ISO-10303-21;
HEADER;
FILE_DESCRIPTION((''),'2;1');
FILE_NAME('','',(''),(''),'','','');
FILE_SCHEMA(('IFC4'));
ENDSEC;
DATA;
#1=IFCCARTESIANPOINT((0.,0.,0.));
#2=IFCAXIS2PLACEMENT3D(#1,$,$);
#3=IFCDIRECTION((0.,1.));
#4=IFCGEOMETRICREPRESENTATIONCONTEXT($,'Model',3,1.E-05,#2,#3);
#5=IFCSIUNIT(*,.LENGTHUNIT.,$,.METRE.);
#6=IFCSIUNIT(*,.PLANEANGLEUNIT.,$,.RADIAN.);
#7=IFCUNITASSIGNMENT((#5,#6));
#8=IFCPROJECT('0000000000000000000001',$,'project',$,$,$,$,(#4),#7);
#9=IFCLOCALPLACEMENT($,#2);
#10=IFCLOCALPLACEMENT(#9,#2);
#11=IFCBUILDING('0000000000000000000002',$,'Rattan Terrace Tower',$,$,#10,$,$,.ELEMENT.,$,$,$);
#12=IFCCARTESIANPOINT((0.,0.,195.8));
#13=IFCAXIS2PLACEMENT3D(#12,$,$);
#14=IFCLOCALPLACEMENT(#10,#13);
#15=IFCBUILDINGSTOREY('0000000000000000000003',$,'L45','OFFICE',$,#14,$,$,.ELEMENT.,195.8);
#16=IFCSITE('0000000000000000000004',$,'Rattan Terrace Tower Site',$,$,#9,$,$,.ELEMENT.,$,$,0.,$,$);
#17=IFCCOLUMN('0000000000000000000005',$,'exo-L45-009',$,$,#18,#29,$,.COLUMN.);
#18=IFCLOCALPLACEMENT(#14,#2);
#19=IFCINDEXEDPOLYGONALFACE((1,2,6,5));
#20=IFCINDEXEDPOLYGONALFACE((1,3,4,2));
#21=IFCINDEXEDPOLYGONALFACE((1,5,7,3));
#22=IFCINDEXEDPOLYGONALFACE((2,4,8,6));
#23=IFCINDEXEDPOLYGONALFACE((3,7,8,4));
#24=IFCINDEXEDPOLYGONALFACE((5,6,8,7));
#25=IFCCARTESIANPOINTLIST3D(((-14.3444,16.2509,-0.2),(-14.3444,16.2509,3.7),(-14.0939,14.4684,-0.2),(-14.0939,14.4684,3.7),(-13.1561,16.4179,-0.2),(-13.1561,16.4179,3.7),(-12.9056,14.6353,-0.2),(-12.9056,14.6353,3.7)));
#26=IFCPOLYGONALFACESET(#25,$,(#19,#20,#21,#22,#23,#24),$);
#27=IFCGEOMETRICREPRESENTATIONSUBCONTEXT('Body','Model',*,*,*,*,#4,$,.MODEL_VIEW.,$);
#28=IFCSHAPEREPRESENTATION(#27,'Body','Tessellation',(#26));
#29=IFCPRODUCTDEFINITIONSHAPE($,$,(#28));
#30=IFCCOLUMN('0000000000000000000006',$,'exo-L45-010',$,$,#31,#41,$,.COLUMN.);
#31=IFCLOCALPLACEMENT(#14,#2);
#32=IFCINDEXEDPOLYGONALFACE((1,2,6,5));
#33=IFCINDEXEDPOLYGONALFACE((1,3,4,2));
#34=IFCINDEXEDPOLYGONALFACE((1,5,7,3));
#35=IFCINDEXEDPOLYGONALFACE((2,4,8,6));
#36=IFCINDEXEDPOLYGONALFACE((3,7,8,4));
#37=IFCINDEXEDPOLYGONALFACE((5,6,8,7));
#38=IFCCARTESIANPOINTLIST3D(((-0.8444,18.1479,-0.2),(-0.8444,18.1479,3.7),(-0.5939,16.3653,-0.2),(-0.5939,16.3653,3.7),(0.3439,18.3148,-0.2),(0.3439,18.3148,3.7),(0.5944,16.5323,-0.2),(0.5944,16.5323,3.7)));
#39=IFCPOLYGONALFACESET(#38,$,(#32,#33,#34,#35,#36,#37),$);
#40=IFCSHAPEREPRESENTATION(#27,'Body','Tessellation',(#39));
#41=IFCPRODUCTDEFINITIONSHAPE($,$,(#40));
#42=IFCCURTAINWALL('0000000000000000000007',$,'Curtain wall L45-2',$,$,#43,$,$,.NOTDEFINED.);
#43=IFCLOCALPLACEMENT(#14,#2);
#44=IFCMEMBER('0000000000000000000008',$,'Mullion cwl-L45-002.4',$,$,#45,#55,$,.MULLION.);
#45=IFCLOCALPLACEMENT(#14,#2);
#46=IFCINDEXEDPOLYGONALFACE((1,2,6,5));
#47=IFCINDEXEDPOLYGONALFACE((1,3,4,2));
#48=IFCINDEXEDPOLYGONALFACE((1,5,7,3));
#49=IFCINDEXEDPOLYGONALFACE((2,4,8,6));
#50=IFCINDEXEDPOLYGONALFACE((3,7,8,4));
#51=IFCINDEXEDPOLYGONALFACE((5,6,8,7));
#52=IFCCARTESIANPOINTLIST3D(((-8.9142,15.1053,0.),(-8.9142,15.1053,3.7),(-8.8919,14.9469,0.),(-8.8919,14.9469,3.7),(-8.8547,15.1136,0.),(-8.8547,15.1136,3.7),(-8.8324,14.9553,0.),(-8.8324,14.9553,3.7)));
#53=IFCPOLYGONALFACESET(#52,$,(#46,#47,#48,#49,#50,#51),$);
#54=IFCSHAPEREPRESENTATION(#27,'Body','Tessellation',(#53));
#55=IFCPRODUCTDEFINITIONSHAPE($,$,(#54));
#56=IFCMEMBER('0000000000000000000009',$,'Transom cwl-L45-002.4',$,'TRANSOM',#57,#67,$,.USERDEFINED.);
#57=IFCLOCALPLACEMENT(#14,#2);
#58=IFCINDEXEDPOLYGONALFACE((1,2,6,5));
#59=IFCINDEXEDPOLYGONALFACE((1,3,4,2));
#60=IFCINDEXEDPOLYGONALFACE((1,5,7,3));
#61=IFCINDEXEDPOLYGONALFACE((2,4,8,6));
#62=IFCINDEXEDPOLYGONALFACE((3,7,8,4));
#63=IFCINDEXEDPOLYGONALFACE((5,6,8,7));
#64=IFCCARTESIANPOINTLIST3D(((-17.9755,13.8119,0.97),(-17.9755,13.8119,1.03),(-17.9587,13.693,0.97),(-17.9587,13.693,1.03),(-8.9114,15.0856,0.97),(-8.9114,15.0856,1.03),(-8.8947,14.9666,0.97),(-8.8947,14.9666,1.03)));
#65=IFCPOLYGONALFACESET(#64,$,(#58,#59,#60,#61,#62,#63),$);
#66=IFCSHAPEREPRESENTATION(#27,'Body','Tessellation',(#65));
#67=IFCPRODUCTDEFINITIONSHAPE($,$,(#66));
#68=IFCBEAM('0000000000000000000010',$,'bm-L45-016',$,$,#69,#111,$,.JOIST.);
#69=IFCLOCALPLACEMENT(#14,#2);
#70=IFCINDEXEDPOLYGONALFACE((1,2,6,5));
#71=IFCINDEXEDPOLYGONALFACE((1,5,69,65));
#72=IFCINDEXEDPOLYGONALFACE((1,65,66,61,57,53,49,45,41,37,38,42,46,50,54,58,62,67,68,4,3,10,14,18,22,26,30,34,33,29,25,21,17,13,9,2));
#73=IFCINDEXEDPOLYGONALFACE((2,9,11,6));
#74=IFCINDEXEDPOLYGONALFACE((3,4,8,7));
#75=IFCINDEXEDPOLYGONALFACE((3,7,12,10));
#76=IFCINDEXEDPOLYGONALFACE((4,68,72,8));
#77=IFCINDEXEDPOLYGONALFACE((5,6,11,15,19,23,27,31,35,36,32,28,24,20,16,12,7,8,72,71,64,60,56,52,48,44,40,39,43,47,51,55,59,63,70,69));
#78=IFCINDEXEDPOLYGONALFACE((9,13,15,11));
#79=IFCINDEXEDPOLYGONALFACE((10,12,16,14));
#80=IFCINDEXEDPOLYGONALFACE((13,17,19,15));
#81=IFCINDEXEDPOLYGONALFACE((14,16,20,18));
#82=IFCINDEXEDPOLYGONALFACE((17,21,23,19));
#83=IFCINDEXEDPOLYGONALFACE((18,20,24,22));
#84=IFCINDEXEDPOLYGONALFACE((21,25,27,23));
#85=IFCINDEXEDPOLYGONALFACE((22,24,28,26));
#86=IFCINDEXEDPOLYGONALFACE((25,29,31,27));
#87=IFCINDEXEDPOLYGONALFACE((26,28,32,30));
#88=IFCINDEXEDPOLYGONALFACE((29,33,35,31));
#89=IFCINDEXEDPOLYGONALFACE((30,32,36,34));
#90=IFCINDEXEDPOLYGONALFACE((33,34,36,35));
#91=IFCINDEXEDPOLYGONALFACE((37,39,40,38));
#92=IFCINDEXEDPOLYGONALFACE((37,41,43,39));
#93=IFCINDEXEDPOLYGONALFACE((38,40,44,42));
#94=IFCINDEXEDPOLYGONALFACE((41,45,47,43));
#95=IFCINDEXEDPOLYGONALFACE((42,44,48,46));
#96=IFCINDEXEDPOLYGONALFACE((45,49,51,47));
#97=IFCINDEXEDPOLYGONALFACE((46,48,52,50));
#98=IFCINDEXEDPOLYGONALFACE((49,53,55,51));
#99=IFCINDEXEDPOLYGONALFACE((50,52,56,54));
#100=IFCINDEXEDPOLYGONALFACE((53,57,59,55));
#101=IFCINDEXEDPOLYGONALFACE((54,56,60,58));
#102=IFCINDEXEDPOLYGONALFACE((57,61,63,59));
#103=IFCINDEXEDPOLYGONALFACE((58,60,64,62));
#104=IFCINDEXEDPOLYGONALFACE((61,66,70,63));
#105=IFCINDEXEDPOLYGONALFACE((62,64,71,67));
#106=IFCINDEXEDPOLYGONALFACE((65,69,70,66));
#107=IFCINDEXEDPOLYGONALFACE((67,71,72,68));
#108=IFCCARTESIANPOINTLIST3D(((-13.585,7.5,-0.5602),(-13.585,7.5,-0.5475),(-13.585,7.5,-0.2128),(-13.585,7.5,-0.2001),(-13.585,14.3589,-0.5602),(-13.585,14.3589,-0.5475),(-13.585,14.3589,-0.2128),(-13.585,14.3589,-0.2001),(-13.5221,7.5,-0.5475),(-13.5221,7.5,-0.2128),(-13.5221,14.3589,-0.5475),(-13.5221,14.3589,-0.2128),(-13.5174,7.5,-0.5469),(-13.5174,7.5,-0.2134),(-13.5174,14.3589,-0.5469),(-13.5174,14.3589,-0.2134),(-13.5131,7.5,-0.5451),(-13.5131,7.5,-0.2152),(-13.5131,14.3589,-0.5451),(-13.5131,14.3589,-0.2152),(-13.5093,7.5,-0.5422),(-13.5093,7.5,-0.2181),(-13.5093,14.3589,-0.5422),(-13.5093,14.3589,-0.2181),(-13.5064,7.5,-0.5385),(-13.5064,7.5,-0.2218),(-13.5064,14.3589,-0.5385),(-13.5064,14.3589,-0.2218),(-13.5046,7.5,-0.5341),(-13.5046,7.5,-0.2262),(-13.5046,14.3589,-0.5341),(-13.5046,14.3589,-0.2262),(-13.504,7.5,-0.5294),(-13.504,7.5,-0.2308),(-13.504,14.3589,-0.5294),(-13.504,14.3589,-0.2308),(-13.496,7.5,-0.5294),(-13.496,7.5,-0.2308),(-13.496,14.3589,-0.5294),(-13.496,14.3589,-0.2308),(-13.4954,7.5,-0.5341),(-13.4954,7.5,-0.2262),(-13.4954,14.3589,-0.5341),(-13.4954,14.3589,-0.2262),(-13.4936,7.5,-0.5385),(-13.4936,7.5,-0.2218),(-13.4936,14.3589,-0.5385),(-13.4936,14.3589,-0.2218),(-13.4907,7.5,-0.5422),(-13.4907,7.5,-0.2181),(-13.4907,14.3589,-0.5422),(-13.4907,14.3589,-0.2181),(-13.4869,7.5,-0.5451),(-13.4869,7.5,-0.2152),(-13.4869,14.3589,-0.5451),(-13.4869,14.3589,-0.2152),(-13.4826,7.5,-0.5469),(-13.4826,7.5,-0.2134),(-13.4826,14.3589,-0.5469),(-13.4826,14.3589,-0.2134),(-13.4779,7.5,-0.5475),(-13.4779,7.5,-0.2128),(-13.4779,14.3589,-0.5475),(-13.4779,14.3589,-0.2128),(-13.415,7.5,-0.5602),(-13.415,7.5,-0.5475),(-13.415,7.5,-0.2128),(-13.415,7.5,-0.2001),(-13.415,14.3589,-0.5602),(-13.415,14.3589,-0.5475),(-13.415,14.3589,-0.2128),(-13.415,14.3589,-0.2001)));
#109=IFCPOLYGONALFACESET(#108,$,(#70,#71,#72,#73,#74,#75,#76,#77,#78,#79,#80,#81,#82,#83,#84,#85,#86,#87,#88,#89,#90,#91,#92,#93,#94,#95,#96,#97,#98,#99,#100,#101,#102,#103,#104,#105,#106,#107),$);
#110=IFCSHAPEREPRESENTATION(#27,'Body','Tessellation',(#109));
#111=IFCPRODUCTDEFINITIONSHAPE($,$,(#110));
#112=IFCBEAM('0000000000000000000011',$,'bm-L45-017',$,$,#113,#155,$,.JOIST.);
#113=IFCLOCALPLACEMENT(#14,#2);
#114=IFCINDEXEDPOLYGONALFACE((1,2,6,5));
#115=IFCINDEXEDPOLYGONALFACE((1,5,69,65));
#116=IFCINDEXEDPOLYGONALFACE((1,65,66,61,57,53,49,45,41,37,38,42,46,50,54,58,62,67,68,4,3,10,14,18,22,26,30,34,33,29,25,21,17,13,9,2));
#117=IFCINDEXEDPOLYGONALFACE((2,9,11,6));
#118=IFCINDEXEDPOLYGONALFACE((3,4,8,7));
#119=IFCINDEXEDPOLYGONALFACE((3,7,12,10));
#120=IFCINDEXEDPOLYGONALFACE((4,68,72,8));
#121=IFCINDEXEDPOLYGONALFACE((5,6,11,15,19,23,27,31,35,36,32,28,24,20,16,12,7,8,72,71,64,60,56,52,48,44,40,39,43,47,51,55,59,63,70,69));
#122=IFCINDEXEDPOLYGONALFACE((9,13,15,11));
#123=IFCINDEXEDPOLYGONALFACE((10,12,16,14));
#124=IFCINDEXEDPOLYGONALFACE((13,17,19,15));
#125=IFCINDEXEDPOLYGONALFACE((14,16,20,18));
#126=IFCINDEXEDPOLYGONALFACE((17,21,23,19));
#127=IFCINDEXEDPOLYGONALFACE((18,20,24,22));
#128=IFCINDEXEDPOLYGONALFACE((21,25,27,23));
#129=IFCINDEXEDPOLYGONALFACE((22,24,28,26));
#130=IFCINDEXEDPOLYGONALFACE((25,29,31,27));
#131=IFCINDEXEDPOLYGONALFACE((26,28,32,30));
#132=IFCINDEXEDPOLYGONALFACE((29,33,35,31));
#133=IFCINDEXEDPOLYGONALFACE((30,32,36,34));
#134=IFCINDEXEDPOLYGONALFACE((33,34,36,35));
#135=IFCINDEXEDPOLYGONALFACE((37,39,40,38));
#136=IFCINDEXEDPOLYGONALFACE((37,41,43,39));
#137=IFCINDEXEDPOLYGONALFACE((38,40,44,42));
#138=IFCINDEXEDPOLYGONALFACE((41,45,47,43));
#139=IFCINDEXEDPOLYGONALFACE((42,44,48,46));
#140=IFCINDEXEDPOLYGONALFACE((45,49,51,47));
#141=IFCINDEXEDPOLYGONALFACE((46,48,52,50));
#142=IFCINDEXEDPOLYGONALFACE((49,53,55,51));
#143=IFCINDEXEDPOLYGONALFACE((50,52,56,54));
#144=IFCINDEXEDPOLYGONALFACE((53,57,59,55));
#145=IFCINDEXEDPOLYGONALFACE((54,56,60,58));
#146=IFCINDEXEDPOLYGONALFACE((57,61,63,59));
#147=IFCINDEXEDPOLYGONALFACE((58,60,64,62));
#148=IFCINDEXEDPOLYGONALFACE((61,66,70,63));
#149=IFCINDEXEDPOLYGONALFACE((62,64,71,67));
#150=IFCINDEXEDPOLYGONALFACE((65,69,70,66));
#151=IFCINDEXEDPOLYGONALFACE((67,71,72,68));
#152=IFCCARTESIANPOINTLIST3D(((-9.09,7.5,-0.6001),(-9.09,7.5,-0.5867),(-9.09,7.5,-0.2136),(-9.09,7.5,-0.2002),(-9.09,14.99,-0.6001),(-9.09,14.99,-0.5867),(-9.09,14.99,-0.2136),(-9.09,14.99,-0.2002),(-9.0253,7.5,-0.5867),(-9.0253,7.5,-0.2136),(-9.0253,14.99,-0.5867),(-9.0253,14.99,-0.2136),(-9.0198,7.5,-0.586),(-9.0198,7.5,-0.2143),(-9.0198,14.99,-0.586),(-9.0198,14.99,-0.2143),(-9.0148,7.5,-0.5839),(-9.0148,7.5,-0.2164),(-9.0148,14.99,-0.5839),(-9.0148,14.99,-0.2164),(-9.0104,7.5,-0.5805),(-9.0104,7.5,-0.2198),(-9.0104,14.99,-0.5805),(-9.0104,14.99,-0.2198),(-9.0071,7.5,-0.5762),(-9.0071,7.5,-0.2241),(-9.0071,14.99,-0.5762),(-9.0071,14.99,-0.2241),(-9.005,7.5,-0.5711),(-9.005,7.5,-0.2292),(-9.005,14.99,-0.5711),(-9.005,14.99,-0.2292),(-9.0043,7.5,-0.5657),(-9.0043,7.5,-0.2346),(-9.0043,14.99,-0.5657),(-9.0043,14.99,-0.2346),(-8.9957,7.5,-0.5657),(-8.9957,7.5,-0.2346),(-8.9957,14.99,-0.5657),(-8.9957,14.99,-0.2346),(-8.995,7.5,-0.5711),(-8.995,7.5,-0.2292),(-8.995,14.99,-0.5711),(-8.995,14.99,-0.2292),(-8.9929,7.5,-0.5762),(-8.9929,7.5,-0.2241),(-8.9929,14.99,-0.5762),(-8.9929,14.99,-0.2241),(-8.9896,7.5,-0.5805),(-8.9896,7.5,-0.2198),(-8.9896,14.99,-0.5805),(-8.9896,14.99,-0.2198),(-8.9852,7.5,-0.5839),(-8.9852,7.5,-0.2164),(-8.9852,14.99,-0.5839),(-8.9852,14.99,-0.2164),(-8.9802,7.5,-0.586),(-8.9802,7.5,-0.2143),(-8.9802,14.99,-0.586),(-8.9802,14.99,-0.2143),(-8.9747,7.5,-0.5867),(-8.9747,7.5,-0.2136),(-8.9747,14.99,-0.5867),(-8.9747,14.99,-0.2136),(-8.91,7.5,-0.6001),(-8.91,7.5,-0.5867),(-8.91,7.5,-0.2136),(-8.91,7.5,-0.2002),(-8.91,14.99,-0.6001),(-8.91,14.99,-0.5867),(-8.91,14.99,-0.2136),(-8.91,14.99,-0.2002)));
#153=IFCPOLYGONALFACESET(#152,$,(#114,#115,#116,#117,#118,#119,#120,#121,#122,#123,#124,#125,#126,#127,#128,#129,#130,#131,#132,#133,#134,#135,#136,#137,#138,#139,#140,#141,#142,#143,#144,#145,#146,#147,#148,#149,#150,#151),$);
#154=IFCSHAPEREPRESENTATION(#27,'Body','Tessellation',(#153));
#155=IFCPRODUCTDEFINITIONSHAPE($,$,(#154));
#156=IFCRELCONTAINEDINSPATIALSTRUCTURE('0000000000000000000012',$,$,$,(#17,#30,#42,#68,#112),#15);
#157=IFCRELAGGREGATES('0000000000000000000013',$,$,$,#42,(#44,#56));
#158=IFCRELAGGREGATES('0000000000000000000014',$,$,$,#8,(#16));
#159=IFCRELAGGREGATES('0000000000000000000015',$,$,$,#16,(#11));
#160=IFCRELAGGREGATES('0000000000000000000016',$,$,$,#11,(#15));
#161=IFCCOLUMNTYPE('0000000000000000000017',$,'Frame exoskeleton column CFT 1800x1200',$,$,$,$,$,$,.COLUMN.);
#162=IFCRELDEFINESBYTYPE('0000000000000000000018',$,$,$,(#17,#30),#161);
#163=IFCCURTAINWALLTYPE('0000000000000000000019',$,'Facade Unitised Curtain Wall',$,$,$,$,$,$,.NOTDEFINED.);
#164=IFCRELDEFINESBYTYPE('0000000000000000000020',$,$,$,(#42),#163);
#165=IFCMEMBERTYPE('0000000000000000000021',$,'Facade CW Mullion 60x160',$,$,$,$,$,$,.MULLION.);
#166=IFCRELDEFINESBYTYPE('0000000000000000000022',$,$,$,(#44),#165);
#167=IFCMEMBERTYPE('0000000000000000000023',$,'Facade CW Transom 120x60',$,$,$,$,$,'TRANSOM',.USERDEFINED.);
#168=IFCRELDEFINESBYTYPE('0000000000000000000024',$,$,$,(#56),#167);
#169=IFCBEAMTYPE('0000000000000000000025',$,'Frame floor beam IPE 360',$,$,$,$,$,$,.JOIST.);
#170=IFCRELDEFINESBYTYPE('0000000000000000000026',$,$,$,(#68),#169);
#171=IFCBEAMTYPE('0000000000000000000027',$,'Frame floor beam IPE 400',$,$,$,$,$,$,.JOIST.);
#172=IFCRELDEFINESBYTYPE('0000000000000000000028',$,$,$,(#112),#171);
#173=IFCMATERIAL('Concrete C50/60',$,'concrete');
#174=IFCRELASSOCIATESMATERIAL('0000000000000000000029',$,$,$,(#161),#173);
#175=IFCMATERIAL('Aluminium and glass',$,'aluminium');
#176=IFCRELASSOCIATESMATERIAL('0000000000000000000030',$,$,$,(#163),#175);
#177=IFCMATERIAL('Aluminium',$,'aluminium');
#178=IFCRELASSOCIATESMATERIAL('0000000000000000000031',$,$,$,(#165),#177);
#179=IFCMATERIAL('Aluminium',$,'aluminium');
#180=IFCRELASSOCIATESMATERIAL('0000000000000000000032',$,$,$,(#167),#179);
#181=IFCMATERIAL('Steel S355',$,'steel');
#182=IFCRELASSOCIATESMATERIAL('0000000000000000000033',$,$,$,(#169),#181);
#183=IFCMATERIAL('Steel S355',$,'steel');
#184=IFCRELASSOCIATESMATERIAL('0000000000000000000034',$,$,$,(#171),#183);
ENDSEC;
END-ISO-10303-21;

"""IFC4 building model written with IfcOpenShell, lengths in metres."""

from ifc_helpers import new_model, si_unit, direction, frame, origin, origin_2d, place, context, subcontext, project, spatial, rectangle, i_section, extrude, material, material_profile, profile_set, type_object, element, aggregate, save


model = new_model("IFC4")

# Units and contexts
model_context = context("Model", 3, precision=1e-05, world=origin(), true_north=direction((0.0, 1.0)))
body_context = subcontext(model_context, "Body", "Model", "MODEL_VIEW")
ifc_project = project(units=[si_unit("LENGTHUNIT", "METRE"), si_unit("PLANEANGLEUNIT", "RADIAN")], contexts=[model_context])

# Site, building, storey
site_placement = place(None, origin())
site = spatial("IfcSite", under=ifc_project, at=site_placement, Name="Rattan Terrace Tower Site", CompositionType="ELEMENT", RefElevation=0.0)
building_placement = place(site_placement, origin())
building = spatial("IfcBuilding", under=site, at=building_placement, Name="Rattan Terrace Tower", CompositionType="ELEMENT")
storey_placement = place(building_placement, frame((0.0, 0.0, 195.8)))
storey = spatial("IfcBuildingStorey", under=building, at=storey_placement, Name="L45", Description="OFFICE", CompositionType="ELEMENT", Elevation=195.8)

# Columns
ifc_material_1 = material(Name="Concrete C50/60", Category="concrete")
ifc_material_profile_1 = material_profile(ifc_material_1, rectangle(XDim=1.2, YDim=1.8, at=origin_2d()), Name="CFT 1800x1200")
ifc_profile_set_1 = profile_set([ifc_material_profile_1], Name="Concrete C50/60")
column_type = type_object("IfcColumnType", Name="Frame exoskeleton column CFT 1800x1200", PredefinedType="COLUMN", material=ifc_profile_set_1)
for number, where, z_axis, x_axis, name in (
    (1, (-13.625, 15.4431, -0.2), (0.0, 0.0, 1.0), (0.99027, 0.139156, 0.0), "exo-L45-009"),
    (2, (-0.125, 17.3401, -0.2), (0.0, 0.0, 1.0), (0.99027, 0.139156, 0.0), "exo-L45-010"),
):
    element("IfcColumn", number, at=place(storey_placement, frame(where, z_axis=z_axis, x_axis=x_axis)), inside=storey, type_object=column_type, Name=name, PredefinedType="COLUMN", context=body_context, shape_type="SweptSolid", body=[
        extrude(rectangle(XDim=1.2, YDim=1.8, at=origin_2d()), origin(), (0.0, 0.0, 1.0), 3.8999),
    ])

# Curtain wall, members
ifc_material_2 = material(Name="Aluminium and glass", Category="aluminium")
curtain_wall_type = type_object("IfcCurtainWallType", Name="Facade Unitised Curtain Wall", PredefinedType="NOTDEFINED", material=ifc_material_2)
curtain_wall_placement = place(storey_placement, origin())
curtain_wall = element("IfcCurtainWall", 3, at=curtain_wall_placement, inside=storey, type_object=curtain_wall_type, Name="Curtain wall L45-2", PredefinedType="NOTDEFINED")
ifc_material_3 = material(Name="Aluminium", Category="aluminium")
ifc_material_profile_2 = material_profile(ifc_material_3, rectangle(XDim=0.0601, YDim=0.1599, at=origin_2d()), Name="Aluminium 60x160")
ifc_profile_set_2 = profile_set([ifc_material_profile_2], Name="Aluminium")
member_type_1 = type_object("IfcMemberType", Name="Facade CW Mullion 60x160", PredefinedType="MULLION", material=ifc_profile_set_2)
member_1_placement = place(storey_placement, frame((-8.8733, 15.0303, 0.0), z_axis=(0.0, 0.0, 1.0), x_axis=(-0.99027, -0.139161, 0.0)))
member_1 = element("IfcMember", 4, at=member_1_placement, type_object=member_type_1, Name="Mullion cwl-L45-002.4", PredefinedType="MULLION", context=body_context, shape_type="SweptSolid", body=[
    extrude(rectangle(XDim=0.0601, YDim=0.1599, at=origin_2d()), origin(), (0.0, 0.0, 1.0), 3.7),
])
ifc_material_4 = material(Name="Aluminium", Category="aluminium")
ifc_material_profile_3 = material_profile(ifc_material_4, rectangle(XDim=0.1201, YDim=0.0601, at=origin_2d()), Name="Aluminium 120x60")
ifc_profile_set_3 = profile_set([ifc_material_profile_3], Name="Aluminium")
member_type_2 = type_object("IfcMemberType", Name="Facade CW Transom 120x60", ElementType="TRANSOM", PredefinedType="USERDEFINED", material=ifc_profile_set_3)
member_2_placement = place(storey_placement, frame((-8.9031, 15.0261, 1.0), z_axis=(-0.990271, -0.139154, 0.0), x_axis=(0.139154, -0.990271, 0.0)))
member_2 = element("IfcMember", 5, at=member_2_placement, type_object=member_type_2, Name="Transom cwl-L45-002.4", ObjectType="TRANSOM", PredefinedType="USERDEFINED", context=body_context, shape_type="SweptSolid", body=[
    extrude(rectangle(XDim=0.1201, YDim=0.0601, at=origin_2d()), origin(), (0.0, 0.0, 1.0), 9.1531),
])

# Beams
ifc_material_5 = material(Name="Steel S355", Category="steel")
ifc_material_profile_4 = material_profile(ifc_material_5, i_section(OverallWidth=0.1699, OverallDepth=0.3601, WebThickness=0.0081, FlangeThickness=0.0127, FilletRadius=0.0181, at=origin_2d()), Name="IPE 360")
ifc_profile_set_4 = profile_set([ifc_material_profile_4], Name="Steel S355")
beam_type_1 = type_object("IfcBeamType", Name="Frame floor beam IPE 360", PredefinedType="JOIST", material=ifc_profile_set_4)
beam_1_placement = place(storey_placement, frame((-13.5, 7.5, -0.3801), z_axis=(0.0, 1.0, 0.0), x_axis=(-1.0, 0.0, 0.0)))
element("IfcBeam", 6, at=beam_1_placement, inside=storey, type_object=beam_type_1, Name="bm-L45-016", PredefinedType="JOIST", context=body_context, shape_type="SweptSolid", body=[
    extrude(i_section(OverallWidth=0.1699, OverallDepth=0.3601, WebThickness=0.0081, FlangeThickness=0.0127, FilletRadius=0.0181, at=origin_2d()), origin(), (0.0, 0.0, 1.0), 6.8589),
])
ifc_material_6 = material(Name="Steel S355", Category="steel")
ifc_material_profile_5 = material_profile(ifc_material_6, i_section(OverallWidth=0.1799, OverallDepth=0.3999, WebThickness=0.0085, FlangeThickness=0.0134, FilletRadius=0.021, at=origin_2d()), Name="IPE 400")
ifc_profile_set_5 = profile_set([ifc_material_profile_5], Name="Steel S355")
beam_type_2 = type_object("IfcBeamType", Name="Frame floor beam IPE 400", PredefinedType="JOIST", material=ifc_profile_set_5)
beam_2_placement = place(storey_placement, frame((-9.0, 7.5, -0.4001), z_axis=(0.0, 1.0, 0.0), x_axis=(-1.0, 0.0, 0.0)))
element("IfcBeam", 7, at=beam_2_placement, inside=storey, type_object=beam_type_2, Name="bm-L45-017", PredefinedType="JOIST", context=body_context, shape_type="SweptSolid", body=[
    extrude(i_section(OverallWidth=0.1799, OverallDepth=0.3999, WebThickness=0.0085, FlangeThickness=0.0134, FilletRadius=0.021, at=origin_2d()), origin(), (0.0, 0.0, 1.0), 7.49),
])

aggregate(curtain_wall, [member_1, member_2])

save(model, "model.ifc")
